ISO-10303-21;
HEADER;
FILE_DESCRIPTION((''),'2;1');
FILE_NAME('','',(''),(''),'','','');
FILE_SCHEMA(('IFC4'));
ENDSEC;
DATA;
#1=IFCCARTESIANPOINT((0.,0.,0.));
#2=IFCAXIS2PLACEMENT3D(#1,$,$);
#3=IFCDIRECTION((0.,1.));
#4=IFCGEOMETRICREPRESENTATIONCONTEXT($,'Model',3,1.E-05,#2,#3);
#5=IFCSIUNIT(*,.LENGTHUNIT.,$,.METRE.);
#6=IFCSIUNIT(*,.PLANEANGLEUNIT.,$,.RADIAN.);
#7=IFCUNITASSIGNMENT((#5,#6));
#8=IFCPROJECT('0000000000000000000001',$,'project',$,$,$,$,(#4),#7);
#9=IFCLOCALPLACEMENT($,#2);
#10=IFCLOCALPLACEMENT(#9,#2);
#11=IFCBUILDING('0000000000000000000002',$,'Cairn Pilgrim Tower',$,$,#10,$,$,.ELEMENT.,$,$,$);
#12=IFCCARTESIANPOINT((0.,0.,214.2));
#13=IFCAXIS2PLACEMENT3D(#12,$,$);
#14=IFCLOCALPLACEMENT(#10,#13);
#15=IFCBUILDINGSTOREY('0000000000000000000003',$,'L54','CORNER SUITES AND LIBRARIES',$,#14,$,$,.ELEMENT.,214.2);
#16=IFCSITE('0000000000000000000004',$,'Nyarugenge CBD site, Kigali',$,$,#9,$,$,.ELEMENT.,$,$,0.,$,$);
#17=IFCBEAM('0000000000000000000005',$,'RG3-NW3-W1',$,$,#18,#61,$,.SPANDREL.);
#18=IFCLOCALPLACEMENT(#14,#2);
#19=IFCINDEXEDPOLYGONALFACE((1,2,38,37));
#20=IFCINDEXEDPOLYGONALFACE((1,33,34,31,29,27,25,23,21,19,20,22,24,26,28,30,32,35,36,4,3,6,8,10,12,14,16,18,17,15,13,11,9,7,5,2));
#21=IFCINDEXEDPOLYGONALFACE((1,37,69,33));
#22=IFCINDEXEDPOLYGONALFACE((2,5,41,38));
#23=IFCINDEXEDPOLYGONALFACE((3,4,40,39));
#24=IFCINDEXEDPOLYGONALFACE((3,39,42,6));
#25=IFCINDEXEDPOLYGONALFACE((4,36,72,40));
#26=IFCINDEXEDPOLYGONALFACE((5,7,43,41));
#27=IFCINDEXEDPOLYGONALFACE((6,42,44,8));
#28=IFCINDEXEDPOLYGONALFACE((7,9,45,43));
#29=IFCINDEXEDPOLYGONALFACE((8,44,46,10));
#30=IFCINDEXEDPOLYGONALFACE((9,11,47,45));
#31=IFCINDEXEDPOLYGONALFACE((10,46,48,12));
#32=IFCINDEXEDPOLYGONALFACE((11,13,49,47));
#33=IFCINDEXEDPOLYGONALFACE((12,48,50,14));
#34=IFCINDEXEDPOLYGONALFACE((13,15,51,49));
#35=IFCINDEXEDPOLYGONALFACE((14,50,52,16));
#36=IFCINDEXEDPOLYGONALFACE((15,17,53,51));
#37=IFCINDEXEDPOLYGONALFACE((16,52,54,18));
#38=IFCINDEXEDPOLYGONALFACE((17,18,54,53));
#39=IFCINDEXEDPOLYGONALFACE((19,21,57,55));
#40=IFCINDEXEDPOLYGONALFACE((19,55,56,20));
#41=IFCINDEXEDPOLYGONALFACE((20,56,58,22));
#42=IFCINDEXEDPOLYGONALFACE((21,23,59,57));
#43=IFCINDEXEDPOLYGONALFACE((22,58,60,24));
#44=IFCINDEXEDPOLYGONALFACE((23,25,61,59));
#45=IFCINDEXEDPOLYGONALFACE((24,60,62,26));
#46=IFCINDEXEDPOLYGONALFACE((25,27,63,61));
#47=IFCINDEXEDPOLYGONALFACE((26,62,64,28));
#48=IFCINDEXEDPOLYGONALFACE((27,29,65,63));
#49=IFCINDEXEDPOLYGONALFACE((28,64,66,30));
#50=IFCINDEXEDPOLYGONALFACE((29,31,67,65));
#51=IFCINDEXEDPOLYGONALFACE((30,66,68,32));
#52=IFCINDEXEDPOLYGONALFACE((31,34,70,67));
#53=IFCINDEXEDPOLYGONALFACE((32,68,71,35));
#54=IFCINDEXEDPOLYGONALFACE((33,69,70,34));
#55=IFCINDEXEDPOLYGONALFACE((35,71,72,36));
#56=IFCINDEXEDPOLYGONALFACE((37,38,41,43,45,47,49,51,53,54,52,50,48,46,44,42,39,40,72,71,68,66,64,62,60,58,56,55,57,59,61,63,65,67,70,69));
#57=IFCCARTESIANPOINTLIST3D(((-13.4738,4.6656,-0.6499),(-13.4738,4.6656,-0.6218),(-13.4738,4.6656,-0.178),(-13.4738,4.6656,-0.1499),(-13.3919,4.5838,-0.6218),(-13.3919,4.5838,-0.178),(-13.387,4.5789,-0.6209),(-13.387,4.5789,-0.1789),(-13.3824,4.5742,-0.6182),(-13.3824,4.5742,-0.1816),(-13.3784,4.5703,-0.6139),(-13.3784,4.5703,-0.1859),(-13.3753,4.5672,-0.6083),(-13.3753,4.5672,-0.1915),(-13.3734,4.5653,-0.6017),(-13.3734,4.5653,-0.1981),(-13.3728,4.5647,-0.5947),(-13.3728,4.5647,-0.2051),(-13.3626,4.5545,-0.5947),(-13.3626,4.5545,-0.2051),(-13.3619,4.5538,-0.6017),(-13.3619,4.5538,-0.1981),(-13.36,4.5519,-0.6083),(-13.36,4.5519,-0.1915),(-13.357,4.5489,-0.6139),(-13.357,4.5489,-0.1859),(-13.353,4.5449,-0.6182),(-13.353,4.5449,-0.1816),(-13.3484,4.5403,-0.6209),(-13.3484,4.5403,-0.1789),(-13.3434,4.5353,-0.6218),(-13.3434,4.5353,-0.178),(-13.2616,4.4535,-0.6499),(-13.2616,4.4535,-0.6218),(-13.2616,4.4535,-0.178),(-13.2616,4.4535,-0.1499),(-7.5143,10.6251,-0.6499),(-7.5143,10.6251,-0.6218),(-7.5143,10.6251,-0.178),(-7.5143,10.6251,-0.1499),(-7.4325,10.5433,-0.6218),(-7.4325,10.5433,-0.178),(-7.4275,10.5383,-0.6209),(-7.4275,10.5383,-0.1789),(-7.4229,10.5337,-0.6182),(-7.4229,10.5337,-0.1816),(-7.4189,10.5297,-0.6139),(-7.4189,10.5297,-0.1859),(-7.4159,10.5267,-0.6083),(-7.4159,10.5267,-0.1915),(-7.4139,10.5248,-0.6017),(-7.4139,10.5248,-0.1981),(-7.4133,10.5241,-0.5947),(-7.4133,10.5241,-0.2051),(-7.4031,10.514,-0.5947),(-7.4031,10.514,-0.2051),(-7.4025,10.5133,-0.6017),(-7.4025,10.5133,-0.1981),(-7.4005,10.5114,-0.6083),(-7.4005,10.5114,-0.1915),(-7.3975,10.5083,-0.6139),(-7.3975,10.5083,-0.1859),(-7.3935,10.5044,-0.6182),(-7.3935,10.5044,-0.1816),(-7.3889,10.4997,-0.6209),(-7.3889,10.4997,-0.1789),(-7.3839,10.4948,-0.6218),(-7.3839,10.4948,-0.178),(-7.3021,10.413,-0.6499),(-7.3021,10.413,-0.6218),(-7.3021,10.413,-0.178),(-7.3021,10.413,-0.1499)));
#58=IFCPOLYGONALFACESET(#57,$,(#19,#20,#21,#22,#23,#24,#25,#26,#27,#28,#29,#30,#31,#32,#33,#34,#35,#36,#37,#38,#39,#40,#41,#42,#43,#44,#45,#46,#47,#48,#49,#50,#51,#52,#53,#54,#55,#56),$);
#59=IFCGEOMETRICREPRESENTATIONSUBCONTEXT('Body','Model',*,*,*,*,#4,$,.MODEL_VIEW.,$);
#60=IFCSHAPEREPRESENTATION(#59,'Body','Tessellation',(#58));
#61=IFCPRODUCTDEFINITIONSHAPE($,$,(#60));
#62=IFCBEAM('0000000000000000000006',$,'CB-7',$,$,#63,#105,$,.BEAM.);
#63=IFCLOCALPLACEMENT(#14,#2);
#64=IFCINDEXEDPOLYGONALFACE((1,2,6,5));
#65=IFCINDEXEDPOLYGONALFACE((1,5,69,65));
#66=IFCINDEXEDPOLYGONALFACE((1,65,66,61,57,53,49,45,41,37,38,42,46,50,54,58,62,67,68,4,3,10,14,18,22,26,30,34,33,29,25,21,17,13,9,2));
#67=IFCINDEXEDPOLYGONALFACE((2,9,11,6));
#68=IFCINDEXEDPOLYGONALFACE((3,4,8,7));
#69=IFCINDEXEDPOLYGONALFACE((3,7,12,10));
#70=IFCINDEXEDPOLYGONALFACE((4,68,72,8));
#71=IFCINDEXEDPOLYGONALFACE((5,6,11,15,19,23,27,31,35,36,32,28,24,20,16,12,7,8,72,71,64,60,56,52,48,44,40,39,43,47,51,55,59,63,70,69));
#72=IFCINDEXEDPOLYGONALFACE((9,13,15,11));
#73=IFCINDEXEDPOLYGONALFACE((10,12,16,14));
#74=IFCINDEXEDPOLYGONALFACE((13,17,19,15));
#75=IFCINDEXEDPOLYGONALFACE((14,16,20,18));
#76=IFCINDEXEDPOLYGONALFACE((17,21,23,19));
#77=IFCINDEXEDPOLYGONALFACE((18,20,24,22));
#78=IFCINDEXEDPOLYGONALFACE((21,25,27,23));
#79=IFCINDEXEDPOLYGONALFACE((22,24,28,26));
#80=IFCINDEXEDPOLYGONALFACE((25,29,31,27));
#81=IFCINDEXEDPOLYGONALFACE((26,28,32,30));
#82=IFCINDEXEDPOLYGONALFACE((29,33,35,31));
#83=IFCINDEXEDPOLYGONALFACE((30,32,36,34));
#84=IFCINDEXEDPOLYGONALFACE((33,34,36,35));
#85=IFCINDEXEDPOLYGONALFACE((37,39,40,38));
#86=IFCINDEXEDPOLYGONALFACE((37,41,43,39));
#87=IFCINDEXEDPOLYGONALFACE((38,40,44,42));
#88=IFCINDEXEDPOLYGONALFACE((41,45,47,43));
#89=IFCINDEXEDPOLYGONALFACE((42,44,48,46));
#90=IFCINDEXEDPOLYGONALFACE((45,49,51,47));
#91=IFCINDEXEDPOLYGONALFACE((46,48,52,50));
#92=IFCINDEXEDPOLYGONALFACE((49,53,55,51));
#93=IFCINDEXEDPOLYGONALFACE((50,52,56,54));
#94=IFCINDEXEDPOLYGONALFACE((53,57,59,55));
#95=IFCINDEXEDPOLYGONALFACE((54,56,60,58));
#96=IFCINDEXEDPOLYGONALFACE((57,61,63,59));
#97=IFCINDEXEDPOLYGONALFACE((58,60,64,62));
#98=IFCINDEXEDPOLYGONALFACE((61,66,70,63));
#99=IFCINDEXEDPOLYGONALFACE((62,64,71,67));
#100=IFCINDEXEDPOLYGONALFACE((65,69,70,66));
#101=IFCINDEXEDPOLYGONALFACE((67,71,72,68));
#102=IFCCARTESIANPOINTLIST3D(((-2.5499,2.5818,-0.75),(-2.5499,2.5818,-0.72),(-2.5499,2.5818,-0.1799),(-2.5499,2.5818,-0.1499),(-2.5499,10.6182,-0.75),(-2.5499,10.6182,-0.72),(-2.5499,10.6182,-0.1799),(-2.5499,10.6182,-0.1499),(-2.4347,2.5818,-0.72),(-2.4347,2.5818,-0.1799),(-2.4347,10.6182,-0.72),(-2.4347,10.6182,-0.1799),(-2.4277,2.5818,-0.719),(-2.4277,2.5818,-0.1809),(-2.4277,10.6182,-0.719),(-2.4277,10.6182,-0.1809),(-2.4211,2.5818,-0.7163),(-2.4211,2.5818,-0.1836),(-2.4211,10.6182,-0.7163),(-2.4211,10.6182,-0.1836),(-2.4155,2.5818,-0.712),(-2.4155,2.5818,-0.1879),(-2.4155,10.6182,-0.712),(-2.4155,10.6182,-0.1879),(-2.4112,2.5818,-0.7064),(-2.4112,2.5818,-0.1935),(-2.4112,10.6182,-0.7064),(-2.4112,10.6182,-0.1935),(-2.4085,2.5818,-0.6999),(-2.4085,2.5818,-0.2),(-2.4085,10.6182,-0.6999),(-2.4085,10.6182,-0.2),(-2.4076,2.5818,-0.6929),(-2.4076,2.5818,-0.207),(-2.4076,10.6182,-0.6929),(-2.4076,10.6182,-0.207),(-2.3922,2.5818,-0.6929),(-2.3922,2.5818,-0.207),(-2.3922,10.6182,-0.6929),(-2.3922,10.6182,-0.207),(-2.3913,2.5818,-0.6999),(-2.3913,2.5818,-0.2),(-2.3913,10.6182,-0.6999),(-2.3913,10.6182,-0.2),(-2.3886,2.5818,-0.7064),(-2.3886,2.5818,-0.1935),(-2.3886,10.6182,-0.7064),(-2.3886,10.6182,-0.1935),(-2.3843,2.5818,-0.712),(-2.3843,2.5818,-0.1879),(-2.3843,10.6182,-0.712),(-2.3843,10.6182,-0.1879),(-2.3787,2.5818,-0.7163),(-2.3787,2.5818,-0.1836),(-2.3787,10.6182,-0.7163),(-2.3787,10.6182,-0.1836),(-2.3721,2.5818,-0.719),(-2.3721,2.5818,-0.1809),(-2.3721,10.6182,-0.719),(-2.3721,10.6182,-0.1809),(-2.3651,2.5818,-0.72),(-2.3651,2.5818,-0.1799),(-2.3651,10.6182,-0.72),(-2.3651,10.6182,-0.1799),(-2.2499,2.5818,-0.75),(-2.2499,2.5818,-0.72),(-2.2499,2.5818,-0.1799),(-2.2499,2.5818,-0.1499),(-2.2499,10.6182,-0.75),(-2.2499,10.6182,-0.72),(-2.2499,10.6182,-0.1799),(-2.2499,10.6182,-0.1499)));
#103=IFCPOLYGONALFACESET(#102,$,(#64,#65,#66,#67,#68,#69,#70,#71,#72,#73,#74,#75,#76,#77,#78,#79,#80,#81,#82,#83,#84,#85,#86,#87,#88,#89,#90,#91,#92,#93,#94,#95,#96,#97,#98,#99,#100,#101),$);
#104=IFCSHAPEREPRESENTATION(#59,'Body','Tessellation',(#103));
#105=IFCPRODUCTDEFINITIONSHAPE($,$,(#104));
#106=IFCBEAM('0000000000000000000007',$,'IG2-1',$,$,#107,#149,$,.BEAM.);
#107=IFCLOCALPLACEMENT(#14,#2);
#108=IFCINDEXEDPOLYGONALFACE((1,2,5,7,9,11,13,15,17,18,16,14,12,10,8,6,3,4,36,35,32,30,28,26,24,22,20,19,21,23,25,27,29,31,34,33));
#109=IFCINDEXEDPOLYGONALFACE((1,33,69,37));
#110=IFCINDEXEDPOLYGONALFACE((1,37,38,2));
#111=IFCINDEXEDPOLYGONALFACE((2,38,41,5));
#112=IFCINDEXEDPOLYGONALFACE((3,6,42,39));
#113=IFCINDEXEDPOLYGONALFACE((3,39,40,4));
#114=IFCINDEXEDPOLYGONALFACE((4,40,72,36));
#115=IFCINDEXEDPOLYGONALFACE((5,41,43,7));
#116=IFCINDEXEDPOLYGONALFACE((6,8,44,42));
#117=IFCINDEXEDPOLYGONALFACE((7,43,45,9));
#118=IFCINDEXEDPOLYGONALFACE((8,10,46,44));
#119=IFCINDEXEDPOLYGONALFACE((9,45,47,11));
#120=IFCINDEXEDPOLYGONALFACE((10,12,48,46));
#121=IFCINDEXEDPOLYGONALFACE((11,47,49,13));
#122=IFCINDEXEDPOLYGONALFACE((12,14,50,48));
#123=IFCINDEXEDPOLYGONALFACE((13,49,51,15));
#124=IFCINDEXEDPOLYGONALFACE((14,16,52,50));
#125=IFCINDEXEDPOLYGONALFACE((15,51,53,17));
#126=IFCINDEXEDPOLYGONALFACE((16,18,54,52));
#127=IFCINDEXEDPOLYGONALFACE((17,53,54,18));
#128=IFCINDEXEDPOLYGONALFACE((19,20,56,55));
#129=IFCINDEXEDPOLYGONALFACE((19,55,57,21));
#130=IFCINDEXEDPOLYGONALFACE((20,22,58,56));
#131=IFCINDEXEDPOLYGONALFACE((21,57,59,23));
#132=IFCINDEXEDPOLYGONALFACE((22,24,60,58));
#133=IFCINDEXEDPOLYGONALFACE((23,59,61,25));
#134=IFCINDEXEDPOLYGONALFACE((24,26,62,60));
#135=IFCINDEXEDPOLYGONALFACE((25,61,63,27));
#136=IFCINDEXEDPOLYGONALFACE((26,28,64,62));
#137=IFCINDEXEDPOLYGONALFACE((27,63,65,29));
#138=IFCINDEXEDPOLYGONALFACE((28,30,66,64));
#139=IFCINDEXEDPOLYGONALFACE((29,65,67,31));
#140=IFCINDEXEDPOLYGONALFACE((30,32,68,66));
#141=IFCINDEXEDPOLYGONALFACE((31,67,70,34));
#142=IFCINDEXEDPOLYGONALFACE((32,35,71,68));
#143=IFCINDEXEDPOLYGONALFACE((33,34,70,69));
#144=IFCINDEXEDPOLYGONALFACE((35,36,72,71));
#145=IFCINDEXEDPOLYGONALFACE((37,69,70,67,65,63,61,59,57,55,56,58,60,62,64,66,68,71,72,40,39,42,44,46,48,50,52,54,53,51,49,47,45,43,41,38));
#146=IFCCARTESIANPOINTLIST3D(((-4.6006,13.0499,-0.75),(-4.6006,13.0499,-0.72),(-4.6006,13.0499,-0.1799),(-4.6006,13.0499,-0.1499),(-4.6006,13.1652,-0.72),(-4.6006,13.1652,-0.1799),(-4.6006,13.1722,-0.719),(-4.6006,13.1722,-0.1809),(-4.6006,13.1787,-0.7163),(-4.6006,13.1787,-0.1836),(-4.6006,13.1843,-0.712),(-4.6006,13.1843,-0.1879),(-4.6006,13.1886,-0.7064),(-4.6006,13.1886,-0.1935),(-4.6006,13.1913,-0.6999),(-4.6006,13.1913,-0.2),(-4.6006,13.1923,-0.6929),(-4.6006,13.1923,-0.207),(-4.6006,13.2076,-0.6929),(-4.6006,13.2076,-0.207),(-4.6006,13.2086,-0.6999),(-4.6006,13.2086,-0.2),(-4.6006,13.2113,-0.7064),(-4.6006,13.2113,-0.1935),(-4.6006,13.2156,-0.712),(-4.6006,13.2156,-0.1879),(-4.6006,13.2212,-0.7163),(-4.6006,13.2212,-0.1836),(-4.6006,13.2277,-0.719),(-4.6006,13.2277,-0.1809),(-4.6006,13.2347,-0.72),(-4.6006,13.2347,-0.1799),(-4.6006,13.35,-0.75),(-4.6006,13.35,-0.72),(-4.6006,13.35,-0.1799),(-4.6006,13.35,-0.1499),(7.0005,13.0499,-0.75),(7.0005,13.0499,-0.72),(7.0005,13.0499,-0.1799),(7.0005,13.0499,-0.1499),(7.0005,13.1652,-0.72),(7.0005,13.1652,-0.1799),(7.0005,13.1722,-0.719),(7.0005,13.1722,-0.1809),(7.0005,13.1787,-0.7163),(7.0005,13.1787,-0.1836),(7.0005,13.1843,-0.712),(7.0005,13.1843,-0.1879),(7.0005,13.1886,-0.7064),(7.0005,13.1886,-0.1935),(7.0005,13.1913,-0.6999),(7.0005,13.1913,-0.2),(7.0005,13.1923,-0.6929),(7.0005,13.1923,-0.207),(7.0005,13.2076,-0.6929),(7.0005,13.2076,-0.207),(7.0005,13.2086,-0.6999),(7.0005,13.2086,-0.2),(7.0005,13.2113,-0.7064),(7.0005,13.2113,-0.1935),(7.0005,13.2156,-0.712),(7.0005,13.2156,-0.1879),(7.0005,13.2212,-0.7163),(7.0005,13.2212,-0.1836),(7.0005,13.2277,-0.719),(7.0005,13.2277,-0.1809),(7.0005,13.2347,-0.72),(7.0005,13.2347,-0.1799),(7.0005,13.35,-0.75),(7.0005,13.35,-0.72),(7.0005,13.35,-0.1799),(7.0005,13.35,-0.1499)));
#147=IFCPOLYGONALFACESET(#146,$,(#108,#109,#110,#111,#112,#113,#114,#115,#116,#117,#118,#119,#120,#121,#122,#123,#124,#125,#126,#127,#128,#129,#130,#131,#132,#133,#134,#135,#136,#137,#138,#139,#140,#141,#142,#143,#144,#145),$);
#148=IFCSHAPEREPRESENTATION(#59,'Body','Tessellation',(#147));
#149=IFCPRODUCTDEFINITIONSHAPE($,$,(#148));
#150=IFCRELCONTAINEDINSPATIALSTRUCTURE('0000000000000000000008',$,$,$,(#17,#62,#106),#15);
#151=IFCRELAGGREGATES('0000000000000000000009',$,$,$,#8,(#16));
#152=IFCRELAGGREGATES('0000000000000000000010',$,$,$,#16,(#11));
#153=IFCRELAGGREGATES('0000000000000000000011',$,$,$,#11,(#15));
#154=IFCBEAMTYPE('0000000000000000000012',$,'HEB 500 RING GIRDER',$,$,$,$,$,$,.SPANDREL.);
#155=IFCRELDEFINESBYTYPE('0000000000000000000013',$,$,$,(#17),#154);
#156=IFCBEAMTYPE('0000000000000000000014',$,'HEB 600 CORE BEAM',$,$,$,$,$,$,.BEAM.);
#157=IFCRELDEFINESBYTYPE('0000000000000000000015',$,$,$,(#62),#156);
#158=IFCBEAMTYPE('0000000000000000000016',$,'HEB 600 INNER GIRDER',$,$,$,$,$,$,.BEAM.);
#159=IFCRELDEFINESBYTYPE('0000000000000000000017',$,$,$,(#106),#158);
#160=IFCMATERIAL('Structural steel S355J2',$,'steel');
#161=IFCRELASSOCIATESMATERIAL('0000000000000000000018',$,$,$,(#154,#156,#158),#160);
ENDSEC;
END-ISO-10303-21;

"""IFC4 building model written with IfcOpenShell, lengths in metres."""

from ifc_helpers import new_model, si_unit, direction, frame, origin, origin_2d, place, context, subcontext, project, spatial, i_section, extrude, material, material_profile, profile_set, type_object, element, save


model = new_model("IFC4")

# Units and contexts
model_context = context("Model", 3, precision=1e-05, world=origin(), true_north=direction((0.0, 1.0)))
body_context = subcontext(model_context, "Body", "Model", "MODEL_VIEW")
ifc_project = project(units=[si_unit("LENGTHUNIT", "METRE"), si_unit("PLANEANGLEUNIT", "RADIAN")], contexts=[model_context])

# Site, building, storey
site_placement = place(None, origin())
site = spatial("IfcSite", under=ifc_project, at=site_placement, Name="Nyarugenge CBD site, Kigali", CompositionType="ELEMENT", RefElevation=0.0)
building_placement = place(site_placement, origin())
building = spatial("IfcBuilding", under=site, at=building_placement, Name="Cairn Pilgrim Tower", CompositionType="ELEMENT")
storey_placement = place(building_placement, frame((0.0, 0.0, 214.2)))
storey = spatial("IfcBuildingStorey", under=building, at=storey_placement, Name="L54", Description="CORNER SUITES AND LIBRARIES", CompositionType="ELEMENT", Elevation=214.2)

# Shared definitions
ifc_material_1 = material(Name="Structural steel S355J2", Category="steel")

# Beams
ifc_material_profile_1 = material_profile(ifc_material_1, i_section(OverallWidth=0.3, OverallDepth=0.5, WebThickness=0.0144, FlangeThickness=0.0281, FilletRadius=0.0271, at=origin_2d()), Name="HEB 500")
ifc_profile_set_1 = profile_set([ifc_material_profile_1], Name="Structural steel S355J2")
beam_type_1 = type_object("IfcBeamType", Name="HEB 500 RING GIRDER", PredefinedType="SPANDREL", material=ifc_profile_set_1)
beam_1_placement = place(storey_placement, frame((-7.4082, 10.519, -0.3999), z_axis=(-0.707107, -0.707107, 0.0), x_axis=(0.707107, -0.707107, 0.0)))
element("IfcBeam", 1, at=beam_1_placement, inside=storey, type_object=beam_type_1, Name="RG3-NW3-W1", PredefinedType="SPANDREL", context=body_context, shape_type="SweptSolid", body=[
    extrude(i_section(OverallWidth=0.3, OverallDepth=0.5, WebThickness=0.0144, FlangeThickness=0.0281, FilletRadius=0.0271, at=origin_2d()), origin(), (0.0, 0.0, 1.0), 8.428),
])
ifc_material_profile_2 = material_profile(ifc_material_1, i_section(OverallWidth=0.3, OverallDepth=0.6001, WebThickness=0.0154, FlangeThickness=0.03, FilletRadius=0.0271, at=origin_2d()), Name="HEB 600")
ifc_profile_set_2 = profile_set([ifc_material_profile_2], Name="Structural steel S355J2")
beam_type_2 = type_object("IfcBeamType", Name="HEB 600 CORE BEAM", PredefinedType="BEAM", material=ifc_profile_set_2)
beam_2_placement = place(storey_placement, frame((-2.3999, 10.6182, -0.45), z_axis=(0.0, -1.0, 0.0), x_axis=(1.0, 0.0, 0.0)))
element("IfcBeam", 2, at=beam_2_placement, inside=storey, type_object=beam_type_2, Name="CB-7", PredefinedType="BEAM", context=body_context, shape_type="SweptSolid", body=[
    extrude(i_section(OverallWidth=0.3, OverallDepth=0.6001, WebThickness=0.0154, FlangeThickness=0.03, FilletRadius=0.0271, at=origin_2d()), origin(), (0.0, 0.0, 1.0), 8.0364),
])
ifc_material_profile_3 = material_profile(ifc_material_1, i_section(OverallWidth=0.3, OverallDepth=0.6001, WebThickness=0.0154, FlangeThickness=0.03, FilletRadius=0.0271, at=origin_2d()), Name="HEB 600")
ifc_profile_set_3 = profile_set([ifc_material_profile_3], Name="Structural steel S355J2")
beam_type_3 = type_object("IfcBeamType", Name="HEB 600 INNER GIRDER", PredefinedType="BEAM", material=ifc_profile_set_3)
beam_3_placement = place(storey_placement, frame((-4.6006, 13.2, -0.45), z_axis=(1.0, 0.0, 0.0), x_axis=(0.0, 1.0, 0.0)))
element("IfcBeam", 3, at=beam_3_placement, inside=storey, type_object=beam_type_3, Name="IG2-1", PredefinedType="BEAM", context=body_context, shape_type="SweptSolid", body=[
    extrude(i_section(OverallWidth=0.3, OverallDepth=0.6001, WebThickness=0.0154, FlangeThickness=0.03, FilletRadius=0.0271, at=origin_2d()), origin(), (0.0, 0.0, 1.0), 11.6011),
])

save(model, "model.ifc")
